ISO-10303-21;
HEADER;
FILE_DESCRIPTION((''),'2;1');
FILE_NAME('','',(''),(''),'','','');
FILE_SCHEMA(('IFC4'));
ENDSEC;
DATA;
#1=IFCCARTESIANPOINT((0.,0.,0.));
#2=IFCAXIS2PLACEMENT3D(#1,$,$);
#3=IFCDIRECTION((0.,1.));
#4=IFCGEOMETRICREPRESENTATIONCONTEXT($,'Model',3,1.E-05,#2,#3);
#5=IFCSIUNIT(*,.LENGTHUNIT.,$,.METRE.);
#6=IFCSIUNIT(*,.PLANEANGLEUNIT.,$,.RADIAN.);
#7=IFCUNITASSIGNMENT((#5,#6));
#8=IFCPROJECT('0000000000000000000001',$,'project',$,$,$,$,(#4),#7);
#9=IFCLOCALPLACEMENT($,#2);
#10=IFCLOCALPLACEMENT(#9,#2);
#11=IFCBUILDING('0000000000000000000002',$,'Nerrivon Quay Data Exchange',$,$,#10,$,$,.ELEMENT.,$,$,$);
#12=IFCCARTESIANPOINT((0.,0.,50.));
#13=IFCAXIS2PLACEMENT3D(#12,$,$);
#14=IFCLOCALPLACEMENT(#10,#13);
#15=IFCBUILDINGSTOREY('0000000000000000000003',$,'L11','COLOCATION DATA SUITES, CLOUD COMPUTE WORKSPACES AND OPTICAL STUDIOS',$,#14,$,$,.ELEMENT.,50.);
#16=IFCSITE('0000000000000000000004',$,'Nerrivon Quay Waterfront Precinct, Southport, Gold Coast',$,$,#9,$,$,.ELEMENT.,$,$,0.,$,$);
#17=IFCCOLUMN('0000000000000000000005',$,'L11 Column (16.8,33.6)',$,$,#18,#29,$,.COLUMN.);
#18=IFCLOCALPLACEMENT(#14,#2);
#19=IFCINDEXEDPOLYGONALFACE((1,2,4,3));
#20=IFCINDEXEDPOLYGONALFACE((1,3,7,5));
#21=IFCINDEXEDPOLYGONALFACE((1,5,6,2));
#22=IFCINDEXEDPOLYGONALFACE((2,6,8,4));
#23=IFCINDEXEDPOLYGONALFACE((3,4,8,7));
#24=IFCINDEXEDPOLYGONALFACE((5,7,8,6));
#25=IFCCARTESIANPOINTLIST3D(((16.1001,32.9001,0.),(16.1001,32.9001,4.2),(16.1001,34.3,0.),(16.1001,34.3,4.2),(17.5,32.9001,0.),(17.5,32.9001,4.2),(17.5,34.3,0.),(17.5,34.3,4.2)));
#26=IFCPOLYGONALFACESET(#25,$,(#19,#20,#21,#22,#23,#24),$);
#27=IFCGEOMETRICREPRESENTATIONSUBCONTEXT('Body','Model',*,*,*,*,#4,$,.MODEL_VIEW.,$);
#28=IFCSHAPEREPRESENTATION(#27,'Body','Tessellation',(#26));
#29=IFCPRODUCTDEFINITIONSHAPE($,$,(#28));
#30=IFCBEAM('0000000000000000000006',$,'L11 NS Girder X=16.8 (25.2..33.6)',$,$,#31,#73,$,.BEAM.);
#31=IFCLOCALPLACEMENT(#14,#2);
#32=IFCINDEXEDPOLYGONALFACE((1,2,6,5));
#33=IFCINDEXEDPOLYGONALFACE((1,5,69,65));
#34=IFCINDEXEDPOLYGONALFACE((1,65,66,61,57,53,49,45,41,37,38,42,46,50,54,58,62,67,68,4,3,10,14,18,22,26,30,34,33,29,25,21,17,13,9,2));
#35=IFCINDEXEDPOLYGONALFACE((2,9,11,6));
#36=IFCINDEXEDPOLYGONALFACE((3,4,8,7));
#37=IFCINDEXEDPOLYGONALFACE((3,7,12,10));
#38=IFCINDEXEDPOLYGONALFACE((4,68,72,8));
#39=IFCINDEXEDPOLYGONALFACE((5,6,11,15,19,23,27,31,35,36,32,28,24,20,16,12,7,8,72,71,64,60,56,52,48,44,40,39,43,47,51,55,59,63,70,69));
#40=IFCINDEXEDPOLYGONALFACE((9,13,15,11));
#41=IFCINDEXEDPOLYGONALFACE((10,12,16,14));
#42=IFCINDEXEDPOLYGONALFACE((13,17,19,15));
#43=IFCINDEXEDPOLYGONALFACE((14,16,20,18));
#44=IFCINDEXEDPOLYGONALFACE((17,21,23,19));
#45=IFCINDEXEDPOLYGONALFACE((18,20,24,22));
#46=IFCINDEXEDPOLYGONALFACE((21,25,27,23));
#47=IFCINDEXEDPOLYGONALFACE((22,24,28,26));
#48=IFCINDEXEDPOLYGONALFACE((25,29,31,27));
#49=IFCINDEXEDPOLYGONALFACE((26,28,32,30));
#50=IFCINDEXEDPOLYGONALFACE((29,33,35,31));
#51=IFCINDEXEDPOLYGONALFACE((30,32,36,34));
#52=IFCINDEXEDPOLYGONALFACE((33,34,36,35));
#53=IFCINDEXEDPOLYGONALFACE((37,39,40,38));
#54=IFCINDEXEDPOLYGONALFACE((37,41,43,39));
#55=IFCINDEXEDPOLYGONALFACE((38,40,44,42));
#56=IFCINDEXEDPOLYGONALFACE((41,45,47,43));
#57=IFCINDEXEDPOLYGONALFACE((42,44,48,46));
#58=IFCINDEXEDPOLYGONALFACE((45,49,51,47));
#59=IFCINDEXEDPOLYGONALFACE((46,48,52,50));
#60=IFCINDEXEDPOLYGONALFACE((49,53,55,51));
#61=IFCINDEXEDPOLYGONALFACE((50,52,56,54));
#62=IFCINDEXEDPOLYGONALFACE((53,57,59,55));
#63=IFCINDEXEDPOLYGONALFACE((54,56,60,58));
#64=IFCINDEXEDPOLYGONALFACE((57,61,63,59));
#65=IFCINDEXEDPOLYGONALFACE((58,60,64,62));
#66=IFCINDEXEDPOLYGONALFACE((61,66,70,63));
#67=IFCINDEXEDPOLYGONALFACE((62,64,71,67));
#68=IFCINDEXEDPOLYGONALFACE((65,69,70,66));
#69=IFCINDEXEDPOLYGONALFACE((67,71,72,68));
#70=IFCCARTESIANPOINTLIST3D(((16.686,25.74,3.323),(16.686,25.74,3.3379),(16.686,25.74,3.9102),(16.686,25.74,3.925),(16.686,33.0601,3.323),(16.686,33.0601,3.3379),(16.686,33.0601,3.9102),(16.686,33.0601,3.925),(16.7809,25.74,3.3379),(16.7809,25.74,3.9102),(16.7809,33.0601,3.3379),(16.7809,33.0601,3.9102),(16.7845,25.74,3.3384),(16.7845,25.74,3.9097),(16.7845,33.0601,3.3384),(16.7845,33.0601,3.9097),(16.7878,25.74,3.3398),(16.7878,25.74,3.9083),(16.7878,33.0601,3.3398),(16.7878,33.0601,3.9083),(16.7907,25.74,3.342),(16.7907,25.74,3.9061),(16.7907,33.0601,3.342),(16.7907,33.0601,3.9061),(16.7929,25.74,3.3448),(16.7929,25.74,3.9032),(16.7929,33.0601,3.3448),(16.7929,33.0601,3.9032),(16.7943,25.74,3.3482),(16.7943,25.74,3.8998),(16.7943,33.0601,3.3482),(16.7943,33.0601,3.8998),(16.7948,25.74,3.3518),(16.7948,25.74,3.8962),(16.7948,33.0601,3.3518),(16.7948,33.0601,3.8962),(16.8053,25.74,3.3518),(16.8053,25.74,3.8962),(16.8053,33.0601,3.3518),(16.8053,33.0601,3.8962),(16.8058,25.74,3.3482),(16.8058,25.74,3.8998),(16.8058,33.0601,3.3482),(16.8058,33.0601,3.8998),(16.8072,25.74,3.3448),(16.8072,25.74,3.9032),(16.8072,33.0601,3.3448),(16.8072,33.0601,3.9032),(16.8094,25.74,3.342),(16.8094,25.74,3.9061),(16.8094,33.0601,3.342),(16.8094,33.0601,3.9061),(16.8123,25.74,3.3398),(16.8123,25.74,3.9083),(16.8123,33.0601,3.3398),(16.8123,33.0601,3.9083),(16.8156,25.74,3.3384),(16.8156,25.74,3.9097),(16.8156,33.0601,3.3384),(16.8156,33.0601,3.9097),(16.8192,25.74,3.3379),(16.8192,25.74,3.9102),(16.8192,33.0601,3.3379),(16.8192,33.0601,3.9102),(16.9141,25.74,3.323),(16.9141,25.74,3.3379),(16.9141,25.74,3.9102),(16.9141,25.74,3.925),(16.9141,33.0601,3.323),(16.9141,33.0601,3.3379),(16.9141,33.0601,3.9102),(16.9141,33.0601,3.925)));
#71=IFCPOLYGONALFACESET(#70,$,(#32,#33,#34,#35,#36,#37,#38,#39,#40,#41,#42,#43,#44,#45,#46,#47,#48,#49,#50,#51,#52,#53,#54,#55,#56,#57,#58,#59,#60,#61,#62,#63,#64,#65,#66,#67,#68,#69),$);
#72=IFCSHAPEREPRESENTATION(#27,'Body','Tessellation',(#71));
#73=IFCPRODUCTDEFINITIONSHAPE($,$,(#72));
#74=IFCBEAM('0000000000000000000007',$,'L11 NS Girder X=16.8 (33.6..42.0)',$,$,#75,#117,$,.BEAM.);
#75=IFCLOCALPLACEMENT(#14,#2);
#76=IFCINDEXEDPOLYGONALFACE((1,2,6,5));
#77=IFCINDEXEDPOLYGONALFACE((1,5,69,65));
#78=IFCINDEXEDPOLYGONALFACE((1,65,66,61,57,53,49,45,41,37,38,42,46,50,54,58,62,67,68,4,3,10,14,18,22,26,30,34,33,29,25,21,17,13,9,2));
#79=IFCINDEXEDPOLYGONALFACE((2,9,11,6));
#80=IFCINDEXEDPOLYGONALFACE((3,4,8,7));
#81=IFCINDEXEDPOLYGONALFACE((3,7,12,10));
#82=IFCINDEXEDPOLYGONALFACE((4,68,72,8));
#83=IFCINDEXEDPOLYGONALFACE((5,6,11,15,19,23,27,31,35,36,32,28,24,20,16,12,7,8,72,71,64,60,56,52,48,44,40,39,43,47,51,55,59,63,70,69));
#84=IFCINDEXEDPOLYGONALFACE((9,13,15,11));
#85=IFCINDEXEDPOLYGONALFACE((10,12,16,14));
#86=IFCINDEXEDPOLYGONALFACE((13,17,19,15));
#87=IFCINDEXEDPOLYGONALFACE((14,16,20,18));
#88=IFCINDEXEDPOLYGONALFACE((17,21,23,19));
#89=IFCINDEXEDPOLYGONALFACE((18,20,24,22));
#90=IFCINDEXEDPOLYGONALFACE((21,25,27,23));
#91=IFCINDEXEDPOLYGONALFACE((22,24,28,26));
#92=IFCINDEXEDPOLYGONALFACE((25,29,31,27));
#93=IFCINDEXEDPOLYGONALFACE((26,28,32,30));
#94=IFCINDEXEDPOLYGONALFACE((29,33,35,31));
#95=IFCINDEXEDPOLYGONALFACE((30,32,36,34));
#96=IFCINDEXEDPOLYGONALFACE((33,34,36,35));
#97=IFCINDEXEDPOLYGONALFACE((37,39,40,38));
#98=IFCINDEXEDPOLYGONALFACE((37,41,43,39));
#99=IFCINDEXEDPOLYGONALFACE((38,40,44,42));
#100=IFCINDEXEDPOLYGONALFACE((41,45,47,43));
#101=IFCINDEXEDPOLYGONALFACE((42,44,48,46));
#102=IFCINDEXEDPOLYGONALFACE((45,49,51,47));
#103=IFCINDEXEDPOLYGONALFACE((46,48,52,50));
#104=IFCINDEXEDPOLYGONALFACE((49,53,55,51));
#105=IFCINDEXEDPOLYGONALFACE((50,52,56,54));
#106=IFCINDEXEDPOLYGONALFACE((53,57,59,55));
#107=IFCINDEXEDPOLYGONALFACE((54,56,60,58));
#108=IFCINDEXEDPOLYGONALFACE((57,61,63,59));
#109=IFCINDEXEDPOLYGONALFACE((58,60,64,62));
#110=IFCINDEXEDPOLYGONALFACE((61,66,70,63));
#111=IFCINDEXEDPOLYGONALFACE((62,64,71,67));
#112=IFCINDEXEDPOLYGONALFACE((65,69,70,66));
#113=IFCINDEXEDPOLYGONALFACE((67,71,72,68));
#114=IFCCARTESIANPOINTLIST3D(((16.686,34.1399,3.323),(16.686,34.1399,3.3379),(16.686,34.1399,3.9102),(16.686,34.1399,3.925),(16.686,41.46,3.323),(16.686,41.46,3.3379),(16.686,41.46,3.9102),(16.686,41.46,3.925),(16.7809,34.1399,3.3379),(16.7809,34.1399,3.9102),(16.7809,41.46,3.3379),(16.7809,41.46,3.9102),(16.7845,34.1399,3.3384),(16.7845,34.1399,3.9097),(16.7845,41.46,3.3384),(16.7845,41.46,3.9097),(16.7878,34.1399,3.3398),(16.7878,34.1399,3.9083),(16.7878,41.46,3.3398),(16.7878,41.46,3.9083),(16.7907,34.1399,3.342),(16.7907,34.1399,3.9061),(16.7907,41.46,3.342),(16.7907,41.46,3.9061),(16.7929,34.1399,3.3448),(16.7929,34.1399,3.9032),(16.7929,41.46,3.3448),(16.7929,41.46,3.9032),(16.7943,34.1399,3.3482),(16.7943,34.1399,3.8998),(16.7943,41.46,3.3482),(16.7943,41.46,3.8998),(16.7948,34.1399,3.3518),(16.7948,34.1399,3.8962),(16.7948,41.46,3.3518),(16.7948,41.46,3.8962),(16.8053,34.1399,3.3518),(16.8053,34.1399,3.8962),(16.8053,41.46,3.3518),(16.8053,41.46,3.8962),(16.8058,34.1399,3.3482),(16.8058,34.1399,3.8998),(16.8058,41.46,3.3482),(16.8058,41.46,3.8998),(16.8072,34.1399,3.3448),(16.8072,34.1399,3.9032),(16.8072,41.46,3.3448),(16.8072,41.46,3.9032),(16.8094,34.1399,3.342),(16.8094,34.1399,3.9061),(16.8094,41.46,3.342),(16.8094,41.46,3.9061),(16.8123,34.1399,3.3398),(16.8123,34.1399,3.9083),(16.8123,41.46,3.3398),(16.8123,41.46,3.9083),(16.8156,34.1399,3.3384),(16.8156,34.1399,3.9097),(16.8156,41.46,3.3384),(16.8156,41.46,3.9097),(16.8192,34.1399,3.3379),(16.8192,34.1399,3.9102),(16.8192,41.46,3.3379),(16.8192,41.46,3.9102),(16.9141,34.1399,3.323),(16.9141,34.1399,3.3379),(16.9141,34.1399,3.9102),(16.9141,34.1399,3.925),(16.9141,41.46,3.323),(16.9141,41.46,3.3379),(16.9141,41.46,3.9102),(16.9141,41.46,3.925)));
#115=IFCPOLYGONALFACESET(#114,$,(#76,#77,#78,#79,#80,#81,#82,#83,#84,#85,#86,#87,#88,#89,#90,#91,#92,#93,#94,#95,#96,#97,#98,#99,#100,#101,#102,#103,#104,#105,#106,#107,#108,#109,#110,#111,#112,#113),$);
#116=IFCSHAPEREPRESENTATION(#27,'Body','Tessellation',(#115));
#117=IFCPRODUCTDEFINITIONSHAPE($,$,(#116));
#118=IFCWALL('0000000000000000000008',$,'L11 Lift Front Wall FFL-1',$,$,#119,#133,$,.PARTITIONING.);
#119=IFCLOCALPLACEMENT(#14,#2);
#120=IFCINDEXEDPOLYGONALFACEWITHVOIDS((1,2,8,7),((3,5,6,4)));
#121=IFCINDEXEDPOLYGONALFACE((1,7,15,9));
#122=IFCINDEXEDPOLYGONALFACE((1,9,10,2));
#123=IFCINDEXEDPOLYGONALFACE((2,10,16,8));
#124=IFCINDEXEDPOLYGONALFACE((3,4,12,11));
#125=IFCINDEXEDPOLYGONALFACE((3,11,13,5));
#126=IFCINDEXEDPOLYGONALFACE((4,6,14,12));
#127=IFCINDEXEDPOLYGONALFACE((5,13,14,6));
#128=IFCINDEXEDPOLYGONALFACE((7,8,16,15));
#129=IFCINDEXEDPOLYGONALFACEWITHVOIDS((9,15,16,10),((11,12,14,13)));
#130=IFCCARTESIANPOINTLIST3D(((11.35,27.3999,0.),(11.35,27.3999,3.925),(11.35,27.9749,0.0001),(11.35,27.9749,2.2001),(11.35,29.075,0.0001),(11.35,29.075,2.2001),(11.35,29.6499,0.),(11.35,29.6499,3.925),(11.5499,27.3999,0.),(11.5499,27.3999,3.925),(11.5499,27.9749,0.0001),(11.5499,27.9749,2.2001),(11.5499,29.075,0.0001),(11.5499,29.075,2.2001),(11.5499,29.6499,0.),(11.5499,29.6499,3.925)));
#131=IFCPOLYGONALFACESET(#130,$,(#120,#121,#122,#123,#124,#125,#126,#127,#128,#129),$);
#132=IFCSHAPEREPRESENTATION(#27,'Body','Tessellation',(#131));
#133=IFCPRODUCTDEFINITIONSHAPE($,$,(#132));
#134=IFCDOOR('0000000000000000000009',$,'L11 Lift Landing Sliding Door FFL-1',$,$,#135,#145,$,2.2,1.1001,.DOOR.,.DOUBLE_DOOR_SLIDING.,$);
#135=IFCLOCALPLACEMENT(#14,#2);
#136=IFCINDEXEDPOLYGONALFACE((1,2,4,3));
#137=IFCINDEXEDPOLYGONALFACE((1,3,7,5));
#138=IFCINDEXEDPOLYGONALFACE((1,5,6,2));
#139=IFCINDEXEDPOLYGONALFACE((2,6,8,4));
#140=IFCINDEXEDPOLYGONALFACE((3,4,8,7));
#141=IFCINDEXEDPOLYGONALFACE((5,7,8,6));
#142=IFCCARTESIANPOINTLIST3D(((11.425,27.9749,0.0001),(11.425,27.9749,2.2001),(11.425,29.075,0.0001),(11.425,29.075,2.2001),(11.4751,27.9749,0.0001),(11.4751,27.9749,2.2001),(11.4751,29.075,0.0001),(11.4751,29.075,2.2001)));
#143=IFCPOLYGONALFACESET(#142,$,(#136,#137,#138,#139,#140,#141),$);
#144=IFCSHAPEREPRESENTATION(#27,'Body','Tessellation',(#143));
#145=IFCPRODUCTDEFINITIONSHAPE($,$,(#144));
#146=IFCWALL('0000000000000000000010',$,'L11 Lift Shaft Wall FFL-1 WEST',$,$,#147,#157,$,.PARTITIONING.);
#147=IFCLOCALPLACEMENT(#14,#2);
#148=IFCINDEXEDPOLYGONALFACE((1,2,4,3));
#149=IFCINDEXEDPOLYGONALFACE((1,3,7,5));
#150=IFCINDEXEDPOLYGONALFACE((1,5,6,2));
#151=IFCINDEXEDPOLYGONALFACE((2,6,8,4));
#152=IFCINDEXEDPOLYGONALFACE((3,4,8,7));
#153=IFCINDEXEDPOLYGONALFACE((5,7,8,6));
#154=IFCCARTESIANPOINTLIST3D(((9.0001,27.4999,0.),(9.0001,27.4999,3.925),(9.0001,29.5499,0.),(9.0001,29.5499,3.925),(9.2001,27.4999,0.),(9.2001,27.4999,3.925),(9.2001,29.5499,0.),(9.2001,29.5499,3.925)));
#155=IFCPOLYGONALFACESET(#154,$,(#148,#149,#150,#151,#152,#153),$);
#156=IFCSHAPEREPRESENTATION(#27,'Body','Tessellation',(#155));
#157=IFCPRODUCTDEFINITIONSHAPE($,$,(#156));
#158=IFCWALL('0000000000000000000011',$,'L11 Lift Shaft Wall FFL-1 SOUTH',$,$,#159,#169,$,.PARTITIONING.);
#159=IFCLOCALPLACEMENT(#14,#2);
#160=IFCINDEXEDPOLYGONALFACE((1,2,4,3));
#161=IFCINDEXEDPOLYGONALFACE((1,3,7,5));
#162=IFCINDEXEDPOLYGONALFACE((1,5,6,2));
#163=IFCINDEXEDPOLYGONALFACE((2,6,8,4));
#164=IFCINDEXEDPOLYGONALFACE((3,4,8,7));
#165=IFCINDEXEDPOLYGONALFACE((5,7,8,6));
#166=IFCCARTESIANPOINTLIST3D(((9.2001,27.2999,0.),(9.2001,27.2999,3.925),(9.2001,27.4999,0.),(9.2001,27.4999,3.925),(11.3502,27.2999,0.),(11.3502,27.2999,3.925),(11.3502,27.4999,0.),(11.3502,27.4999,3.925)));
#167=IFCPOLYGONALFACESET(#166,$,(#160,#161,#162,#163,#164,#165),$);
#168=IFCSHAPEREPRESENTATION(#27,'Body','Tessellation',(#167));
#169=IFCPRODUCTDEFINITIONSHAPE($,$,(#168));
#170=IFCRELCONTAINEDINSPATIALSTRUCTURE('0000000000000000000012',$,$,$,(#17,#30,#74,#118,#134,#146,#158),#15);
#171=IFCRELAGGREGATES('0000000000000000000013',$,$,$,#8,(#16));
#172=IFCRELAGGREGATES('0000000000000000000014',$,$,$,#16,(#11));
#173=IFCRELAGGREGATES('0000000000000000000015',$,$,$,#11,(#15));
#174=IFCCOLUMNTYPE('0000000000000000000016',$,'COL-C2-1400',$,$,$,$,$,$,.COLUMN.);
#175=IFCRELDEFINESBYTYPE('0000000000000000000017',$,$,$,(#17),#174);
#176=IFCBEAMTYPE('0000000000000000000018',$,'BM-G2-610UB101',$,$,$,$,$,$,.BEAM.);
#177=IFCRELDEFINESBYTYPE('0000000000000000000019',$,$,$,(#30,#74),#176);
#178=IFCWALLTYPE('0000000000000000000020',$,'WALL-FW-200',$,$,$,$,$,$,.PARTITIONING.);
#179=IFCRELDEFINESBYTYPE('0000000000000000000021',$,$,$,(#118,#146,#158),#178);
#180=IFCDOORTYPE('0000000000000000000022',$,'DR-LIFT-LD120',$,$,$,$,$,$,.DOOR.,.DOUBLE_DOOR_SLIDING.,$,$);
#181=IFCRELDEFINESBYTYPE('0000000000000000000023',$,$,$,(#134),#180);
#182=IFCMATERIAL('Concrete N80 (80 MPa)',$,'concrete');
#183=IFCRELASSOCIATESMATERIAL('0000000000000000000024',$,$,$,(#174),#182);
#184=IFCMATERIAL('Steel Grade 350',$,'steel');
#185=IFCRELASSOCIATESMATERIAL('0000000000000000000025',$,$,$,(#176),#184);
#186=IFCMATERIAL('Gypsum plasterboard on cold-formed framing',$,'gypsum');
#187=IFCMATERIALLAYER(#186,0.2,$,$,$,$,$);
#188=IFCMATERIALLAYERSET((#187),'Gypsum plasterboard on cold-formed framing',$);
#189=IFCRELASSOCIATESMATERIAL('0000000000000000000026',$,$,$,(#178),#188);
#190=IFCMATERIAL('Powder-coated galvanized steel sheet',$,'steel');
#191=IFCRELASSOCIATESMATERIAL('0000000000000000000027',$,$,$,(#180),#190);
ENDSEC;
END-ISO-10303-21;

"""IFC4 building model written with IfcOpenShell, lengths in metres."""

from ifc_helpers import new_model, si_unit, direction, frame, frame_2d, origin, origin_2d, place, context, subcontext, project, spatial, rectangle, i_section, extrude, material, layer, layer_set, material_profile, profile_set, type_object, element, fill, save


model = new_model("IFC4")

# Units and contexts
model_context = context("Model", 3, precision=1e-05, world=origin(), true_north=direction((0.0, 1.0)))
body_context = subcontext(model_context, "Body", "Model", "MODEL_VIEW")
ifc_project = project(units=[si_unit("LENGTHUNIT", "METRE"), si_unit("PLANEANGLEUNIT", "RADIAN")], contexts=[model_context])

# Site, building, storey
site_placement = place(None, origin())
site = spatial("IfcSite", under=ifc_project, at=site_placement, Name="Nerrivon Quay Waterfront Precinct, Southport, Gold Coast", CompositionType="ELEMENT", RefElevation=0.0)
building_placement = place(site_placement, origin())
building = spatial("IfcBuilding", under=site, at=building_placement, Name="Nerrivon Quay Data Exchange", CompositionType="ELEMENT")
storey_placement = place(building_placement, frame((0.0, 0.0, 50.0)))
storey = spatial("IfcBuildingStorey", under=building, at=storey_placement, Name="L11", Description="COLOCATION DATA SUITES, CLOUD COMPUTE WORKSPACES AND OPTICAL STUDIOS", CompositionType="ELEMENT", Elevation=50.0)

# Column
ifc_material_1 = material(Name="Concrete N80 (80 MPa)", Category="concrete")
ifc_material_profile_1 = material_profile(ifc_material_1, rectangle(XDim=1.3999, YDim=1.3999, at=origin_2d()), Name="RC-COL-1400x1400")
ifc_profile_set_1 = profile_set([ifc_material_profile_1], Name="Concrete N80 (80 MPa)")
column_type = type_object("IfcColumnType", Name="COL-C2-1400", PredefinedType="COLUMN", material=ifc_profile_set_1)
column_placement = place(storey_placement, frame((16.8, 33.6001, 0.0), z_axis=(0.0, 0.0, 1.0), x_axis=(1.0, 0.0, 0.0)))
element("IfcColumn", 1, at=column_placement, inside=storey, type_object=column_type, Name="L11 Column (16.8,33.6)", PredefinedType="COLUMN", context=body_context, shape_type="SweptSolid", body=[
    extrude(rectangle(XDim=1.3999, YDim=1.3999, at=origin_2d()), origin(), (0.0, 0.0, 1.0), 4.2),
])

# Beams
ifc_material_2 = material(Name="Steel Grade 350", Category="steel")
ifc_material_profile_2 = material_profile(ifc_material_2, i_section(OverallWidth=0.228, OverallDepth=0.6021, WebThickness=0.0105, FlangeThickness=0.0149, FilletRadius=0.0139, at=origin_2d()), Name="610UB101")
ifc_profile_set_2 = profile_set([ifc_material_profile_2], Name="Steel Grade 350")
beam_type = type_object("IfcBeamType", Name="BM-G2-610UB101", PredefinedType="BEAM", material=ifc_profile_set_2)
for number, where, z_axis, x_axis, name in (
    (2, (16.8, 25.74, 3.624), (0.0, 1.0, 0.0), (-1.0, 0.0, 0.0), "L11 NS Girder X=16.8 (25.2..33.6)"),
    (3, (16.8, 34.1399, 3.624), (0.0, 1.0, 0.0), (-1.0, 0.0, 0.0), "L11 NS Girder X=16.8 (33.6..42.0)"),
):
    element("IfcBeam", number, at=place(storey_placement, frame(where, z_axis=z_axis, x_axis=x_axis)), inside=storey, type_object=beam_type, Name=name, PredefinedType="BEAM", context=body_context, shape_type="SweptSolid", body=[
        extrude(i_section(OverallWidth=0.228, OverallDepth=0.6021, WebThickness=0.0105, FlangeThickness=0.0149, FilletRadius=0.0139, at=origin_2d()), origin(), (0.0, 0.0, 1.0), 7.3201),
    ])

# Wall, opening, door
ifc_material_3 = material(Name="Powder-coated galvanized steel sheet", Category="steel")
ifc_material_4 = material(Name="Gypsum plasterboard on cold-formed framing", Category="gypsum")
ifc_layer_1 = layer(ifc_material_4, 0.2)
ifc_layer_set_1 = layer_set([ifc_layer_1], Name="Gypsum plasterboard on cold-formed framing")
wall_type_1 = type_object("IfcWallType", Name="WALL-FW-200", PredefinedType="PARTITIONING", material=ifc_layer_set_1)
wall_1_placement = place(storey_placement, frame((11.45, 27.3999, 0.0), z_axis=(0.0, 0.0, 1.0), x_axis=(0.0, 1.0, 0.0)))
wall_1 = element("IfcWall", 4, at=wall_1_placement, inside=storey, type_object=wall_type_1, Name="L11 Lift Front Wall FFL-1", PredefinedType="PARTITIONING", context=body_context, shape_type="SweptSolid", body=[
    extrude(rectangle(XDim=2.25, YDim=0.2, at=frame_2d((1.125, 0.0))), origin(), (0.0, 0.0, 1.0), 3.925),
])
opening_1_placement = place(wall_1_placement, frame((0.575, 0.0, 0.0)))
opening_1 = element("IfcOpeningElement", 5, at=opening_1_placement, cuts=wall_1, PredefinedType="OPENING", context=body_context, shape_type="SweptSolid", body=[
    extrude(rectangle(XDim=1.1001, YDim=2.2, at=frame_2d((0.55, 1.1001))), frame((0.0, 0.1099, 0.0), z_axis=(0.0, -1.0, 0.0), x_axis=(1.0, 0.0, 0.0)), (0.0, 0.0, 1.0), 0.22),
])
door_type_1 = type_object("IfcDoorType", Name="DR-LIFT-LD120", OperationType="DOUBLE_DOOR_SLIDING", PredefinedType="DOOR", material=ifc_material_3)
door_1_placement = place(opening_1_placement, origin())
door_1 = element("IfcDoor", 6, at=door_1_placement, inside=storey, type_object=door_type_1, Name="L11 Lift Landing Sliding Door FFL-1", OperationType="DOUBLE_DOOR_SLIDING", OverallHeight=2.2, OverallWidth=1.1001, PredefinedType="DOOR", context=body_context, shape_type="SweptSolid", body=[
    extrude(rectangle(XDim=1.1001, YDim=2.2, at=frame_2d((0.55, 1.1001))), frame((0.0, 0.0249, 0.0), z_axis=(0.0, -1.0, 0.0), x_axis=(1.0, 0.0, 0.0)), (0.0, 0.0, 1.0), 0.05),
])
fill(opening_1, door_1)

# Walls
wall_2_placement = place(storey_placement, frame((9.1001, 27.5, 0.0), z_axis=(0.0, 0.0, 1.0), x_axis=(0.0, 1.0, 0.0)))
element("IfcWall", 7, at=wall_2_placement, inside=storey, type_object=wall_type_1, Name="L11 Lift Shaft Wall FFL-1 WEST", PredefinedType="PARTITIONING", context=body_context, shape_type="SweptSolid", body=[
    extrude(rectangle(XDim=2.05, YDim=0.2, at=frame_2d((1.0249, 0.0))), origin(), (0.0, 0.0, 1.0), 3.925),
])
wall_3_placement = place(storey_placement, frame((9.2, 27.3999, 0.0), z_axis=(0.0, 0.0, 1.0), x_axis=(1.0, 0.0, 0.0)))
element("IfcWall", 8, at=wall_3_placement, inside=storey, type_object=wall_type_1, Name="L11 Lift Shaft Wall FFL-1 SOUTH", PredefinedType="PARTITIONING", context=body_context, shape_type="SweptSolid", body=[
    extrude(rectangle(XDim=2.1501, YDim=0.2, at=frame_2d((1.0752, 0.0))), origin(), (0.0, 0.0, 1.0), 3.925),
])

save(model, "model.ifc")
